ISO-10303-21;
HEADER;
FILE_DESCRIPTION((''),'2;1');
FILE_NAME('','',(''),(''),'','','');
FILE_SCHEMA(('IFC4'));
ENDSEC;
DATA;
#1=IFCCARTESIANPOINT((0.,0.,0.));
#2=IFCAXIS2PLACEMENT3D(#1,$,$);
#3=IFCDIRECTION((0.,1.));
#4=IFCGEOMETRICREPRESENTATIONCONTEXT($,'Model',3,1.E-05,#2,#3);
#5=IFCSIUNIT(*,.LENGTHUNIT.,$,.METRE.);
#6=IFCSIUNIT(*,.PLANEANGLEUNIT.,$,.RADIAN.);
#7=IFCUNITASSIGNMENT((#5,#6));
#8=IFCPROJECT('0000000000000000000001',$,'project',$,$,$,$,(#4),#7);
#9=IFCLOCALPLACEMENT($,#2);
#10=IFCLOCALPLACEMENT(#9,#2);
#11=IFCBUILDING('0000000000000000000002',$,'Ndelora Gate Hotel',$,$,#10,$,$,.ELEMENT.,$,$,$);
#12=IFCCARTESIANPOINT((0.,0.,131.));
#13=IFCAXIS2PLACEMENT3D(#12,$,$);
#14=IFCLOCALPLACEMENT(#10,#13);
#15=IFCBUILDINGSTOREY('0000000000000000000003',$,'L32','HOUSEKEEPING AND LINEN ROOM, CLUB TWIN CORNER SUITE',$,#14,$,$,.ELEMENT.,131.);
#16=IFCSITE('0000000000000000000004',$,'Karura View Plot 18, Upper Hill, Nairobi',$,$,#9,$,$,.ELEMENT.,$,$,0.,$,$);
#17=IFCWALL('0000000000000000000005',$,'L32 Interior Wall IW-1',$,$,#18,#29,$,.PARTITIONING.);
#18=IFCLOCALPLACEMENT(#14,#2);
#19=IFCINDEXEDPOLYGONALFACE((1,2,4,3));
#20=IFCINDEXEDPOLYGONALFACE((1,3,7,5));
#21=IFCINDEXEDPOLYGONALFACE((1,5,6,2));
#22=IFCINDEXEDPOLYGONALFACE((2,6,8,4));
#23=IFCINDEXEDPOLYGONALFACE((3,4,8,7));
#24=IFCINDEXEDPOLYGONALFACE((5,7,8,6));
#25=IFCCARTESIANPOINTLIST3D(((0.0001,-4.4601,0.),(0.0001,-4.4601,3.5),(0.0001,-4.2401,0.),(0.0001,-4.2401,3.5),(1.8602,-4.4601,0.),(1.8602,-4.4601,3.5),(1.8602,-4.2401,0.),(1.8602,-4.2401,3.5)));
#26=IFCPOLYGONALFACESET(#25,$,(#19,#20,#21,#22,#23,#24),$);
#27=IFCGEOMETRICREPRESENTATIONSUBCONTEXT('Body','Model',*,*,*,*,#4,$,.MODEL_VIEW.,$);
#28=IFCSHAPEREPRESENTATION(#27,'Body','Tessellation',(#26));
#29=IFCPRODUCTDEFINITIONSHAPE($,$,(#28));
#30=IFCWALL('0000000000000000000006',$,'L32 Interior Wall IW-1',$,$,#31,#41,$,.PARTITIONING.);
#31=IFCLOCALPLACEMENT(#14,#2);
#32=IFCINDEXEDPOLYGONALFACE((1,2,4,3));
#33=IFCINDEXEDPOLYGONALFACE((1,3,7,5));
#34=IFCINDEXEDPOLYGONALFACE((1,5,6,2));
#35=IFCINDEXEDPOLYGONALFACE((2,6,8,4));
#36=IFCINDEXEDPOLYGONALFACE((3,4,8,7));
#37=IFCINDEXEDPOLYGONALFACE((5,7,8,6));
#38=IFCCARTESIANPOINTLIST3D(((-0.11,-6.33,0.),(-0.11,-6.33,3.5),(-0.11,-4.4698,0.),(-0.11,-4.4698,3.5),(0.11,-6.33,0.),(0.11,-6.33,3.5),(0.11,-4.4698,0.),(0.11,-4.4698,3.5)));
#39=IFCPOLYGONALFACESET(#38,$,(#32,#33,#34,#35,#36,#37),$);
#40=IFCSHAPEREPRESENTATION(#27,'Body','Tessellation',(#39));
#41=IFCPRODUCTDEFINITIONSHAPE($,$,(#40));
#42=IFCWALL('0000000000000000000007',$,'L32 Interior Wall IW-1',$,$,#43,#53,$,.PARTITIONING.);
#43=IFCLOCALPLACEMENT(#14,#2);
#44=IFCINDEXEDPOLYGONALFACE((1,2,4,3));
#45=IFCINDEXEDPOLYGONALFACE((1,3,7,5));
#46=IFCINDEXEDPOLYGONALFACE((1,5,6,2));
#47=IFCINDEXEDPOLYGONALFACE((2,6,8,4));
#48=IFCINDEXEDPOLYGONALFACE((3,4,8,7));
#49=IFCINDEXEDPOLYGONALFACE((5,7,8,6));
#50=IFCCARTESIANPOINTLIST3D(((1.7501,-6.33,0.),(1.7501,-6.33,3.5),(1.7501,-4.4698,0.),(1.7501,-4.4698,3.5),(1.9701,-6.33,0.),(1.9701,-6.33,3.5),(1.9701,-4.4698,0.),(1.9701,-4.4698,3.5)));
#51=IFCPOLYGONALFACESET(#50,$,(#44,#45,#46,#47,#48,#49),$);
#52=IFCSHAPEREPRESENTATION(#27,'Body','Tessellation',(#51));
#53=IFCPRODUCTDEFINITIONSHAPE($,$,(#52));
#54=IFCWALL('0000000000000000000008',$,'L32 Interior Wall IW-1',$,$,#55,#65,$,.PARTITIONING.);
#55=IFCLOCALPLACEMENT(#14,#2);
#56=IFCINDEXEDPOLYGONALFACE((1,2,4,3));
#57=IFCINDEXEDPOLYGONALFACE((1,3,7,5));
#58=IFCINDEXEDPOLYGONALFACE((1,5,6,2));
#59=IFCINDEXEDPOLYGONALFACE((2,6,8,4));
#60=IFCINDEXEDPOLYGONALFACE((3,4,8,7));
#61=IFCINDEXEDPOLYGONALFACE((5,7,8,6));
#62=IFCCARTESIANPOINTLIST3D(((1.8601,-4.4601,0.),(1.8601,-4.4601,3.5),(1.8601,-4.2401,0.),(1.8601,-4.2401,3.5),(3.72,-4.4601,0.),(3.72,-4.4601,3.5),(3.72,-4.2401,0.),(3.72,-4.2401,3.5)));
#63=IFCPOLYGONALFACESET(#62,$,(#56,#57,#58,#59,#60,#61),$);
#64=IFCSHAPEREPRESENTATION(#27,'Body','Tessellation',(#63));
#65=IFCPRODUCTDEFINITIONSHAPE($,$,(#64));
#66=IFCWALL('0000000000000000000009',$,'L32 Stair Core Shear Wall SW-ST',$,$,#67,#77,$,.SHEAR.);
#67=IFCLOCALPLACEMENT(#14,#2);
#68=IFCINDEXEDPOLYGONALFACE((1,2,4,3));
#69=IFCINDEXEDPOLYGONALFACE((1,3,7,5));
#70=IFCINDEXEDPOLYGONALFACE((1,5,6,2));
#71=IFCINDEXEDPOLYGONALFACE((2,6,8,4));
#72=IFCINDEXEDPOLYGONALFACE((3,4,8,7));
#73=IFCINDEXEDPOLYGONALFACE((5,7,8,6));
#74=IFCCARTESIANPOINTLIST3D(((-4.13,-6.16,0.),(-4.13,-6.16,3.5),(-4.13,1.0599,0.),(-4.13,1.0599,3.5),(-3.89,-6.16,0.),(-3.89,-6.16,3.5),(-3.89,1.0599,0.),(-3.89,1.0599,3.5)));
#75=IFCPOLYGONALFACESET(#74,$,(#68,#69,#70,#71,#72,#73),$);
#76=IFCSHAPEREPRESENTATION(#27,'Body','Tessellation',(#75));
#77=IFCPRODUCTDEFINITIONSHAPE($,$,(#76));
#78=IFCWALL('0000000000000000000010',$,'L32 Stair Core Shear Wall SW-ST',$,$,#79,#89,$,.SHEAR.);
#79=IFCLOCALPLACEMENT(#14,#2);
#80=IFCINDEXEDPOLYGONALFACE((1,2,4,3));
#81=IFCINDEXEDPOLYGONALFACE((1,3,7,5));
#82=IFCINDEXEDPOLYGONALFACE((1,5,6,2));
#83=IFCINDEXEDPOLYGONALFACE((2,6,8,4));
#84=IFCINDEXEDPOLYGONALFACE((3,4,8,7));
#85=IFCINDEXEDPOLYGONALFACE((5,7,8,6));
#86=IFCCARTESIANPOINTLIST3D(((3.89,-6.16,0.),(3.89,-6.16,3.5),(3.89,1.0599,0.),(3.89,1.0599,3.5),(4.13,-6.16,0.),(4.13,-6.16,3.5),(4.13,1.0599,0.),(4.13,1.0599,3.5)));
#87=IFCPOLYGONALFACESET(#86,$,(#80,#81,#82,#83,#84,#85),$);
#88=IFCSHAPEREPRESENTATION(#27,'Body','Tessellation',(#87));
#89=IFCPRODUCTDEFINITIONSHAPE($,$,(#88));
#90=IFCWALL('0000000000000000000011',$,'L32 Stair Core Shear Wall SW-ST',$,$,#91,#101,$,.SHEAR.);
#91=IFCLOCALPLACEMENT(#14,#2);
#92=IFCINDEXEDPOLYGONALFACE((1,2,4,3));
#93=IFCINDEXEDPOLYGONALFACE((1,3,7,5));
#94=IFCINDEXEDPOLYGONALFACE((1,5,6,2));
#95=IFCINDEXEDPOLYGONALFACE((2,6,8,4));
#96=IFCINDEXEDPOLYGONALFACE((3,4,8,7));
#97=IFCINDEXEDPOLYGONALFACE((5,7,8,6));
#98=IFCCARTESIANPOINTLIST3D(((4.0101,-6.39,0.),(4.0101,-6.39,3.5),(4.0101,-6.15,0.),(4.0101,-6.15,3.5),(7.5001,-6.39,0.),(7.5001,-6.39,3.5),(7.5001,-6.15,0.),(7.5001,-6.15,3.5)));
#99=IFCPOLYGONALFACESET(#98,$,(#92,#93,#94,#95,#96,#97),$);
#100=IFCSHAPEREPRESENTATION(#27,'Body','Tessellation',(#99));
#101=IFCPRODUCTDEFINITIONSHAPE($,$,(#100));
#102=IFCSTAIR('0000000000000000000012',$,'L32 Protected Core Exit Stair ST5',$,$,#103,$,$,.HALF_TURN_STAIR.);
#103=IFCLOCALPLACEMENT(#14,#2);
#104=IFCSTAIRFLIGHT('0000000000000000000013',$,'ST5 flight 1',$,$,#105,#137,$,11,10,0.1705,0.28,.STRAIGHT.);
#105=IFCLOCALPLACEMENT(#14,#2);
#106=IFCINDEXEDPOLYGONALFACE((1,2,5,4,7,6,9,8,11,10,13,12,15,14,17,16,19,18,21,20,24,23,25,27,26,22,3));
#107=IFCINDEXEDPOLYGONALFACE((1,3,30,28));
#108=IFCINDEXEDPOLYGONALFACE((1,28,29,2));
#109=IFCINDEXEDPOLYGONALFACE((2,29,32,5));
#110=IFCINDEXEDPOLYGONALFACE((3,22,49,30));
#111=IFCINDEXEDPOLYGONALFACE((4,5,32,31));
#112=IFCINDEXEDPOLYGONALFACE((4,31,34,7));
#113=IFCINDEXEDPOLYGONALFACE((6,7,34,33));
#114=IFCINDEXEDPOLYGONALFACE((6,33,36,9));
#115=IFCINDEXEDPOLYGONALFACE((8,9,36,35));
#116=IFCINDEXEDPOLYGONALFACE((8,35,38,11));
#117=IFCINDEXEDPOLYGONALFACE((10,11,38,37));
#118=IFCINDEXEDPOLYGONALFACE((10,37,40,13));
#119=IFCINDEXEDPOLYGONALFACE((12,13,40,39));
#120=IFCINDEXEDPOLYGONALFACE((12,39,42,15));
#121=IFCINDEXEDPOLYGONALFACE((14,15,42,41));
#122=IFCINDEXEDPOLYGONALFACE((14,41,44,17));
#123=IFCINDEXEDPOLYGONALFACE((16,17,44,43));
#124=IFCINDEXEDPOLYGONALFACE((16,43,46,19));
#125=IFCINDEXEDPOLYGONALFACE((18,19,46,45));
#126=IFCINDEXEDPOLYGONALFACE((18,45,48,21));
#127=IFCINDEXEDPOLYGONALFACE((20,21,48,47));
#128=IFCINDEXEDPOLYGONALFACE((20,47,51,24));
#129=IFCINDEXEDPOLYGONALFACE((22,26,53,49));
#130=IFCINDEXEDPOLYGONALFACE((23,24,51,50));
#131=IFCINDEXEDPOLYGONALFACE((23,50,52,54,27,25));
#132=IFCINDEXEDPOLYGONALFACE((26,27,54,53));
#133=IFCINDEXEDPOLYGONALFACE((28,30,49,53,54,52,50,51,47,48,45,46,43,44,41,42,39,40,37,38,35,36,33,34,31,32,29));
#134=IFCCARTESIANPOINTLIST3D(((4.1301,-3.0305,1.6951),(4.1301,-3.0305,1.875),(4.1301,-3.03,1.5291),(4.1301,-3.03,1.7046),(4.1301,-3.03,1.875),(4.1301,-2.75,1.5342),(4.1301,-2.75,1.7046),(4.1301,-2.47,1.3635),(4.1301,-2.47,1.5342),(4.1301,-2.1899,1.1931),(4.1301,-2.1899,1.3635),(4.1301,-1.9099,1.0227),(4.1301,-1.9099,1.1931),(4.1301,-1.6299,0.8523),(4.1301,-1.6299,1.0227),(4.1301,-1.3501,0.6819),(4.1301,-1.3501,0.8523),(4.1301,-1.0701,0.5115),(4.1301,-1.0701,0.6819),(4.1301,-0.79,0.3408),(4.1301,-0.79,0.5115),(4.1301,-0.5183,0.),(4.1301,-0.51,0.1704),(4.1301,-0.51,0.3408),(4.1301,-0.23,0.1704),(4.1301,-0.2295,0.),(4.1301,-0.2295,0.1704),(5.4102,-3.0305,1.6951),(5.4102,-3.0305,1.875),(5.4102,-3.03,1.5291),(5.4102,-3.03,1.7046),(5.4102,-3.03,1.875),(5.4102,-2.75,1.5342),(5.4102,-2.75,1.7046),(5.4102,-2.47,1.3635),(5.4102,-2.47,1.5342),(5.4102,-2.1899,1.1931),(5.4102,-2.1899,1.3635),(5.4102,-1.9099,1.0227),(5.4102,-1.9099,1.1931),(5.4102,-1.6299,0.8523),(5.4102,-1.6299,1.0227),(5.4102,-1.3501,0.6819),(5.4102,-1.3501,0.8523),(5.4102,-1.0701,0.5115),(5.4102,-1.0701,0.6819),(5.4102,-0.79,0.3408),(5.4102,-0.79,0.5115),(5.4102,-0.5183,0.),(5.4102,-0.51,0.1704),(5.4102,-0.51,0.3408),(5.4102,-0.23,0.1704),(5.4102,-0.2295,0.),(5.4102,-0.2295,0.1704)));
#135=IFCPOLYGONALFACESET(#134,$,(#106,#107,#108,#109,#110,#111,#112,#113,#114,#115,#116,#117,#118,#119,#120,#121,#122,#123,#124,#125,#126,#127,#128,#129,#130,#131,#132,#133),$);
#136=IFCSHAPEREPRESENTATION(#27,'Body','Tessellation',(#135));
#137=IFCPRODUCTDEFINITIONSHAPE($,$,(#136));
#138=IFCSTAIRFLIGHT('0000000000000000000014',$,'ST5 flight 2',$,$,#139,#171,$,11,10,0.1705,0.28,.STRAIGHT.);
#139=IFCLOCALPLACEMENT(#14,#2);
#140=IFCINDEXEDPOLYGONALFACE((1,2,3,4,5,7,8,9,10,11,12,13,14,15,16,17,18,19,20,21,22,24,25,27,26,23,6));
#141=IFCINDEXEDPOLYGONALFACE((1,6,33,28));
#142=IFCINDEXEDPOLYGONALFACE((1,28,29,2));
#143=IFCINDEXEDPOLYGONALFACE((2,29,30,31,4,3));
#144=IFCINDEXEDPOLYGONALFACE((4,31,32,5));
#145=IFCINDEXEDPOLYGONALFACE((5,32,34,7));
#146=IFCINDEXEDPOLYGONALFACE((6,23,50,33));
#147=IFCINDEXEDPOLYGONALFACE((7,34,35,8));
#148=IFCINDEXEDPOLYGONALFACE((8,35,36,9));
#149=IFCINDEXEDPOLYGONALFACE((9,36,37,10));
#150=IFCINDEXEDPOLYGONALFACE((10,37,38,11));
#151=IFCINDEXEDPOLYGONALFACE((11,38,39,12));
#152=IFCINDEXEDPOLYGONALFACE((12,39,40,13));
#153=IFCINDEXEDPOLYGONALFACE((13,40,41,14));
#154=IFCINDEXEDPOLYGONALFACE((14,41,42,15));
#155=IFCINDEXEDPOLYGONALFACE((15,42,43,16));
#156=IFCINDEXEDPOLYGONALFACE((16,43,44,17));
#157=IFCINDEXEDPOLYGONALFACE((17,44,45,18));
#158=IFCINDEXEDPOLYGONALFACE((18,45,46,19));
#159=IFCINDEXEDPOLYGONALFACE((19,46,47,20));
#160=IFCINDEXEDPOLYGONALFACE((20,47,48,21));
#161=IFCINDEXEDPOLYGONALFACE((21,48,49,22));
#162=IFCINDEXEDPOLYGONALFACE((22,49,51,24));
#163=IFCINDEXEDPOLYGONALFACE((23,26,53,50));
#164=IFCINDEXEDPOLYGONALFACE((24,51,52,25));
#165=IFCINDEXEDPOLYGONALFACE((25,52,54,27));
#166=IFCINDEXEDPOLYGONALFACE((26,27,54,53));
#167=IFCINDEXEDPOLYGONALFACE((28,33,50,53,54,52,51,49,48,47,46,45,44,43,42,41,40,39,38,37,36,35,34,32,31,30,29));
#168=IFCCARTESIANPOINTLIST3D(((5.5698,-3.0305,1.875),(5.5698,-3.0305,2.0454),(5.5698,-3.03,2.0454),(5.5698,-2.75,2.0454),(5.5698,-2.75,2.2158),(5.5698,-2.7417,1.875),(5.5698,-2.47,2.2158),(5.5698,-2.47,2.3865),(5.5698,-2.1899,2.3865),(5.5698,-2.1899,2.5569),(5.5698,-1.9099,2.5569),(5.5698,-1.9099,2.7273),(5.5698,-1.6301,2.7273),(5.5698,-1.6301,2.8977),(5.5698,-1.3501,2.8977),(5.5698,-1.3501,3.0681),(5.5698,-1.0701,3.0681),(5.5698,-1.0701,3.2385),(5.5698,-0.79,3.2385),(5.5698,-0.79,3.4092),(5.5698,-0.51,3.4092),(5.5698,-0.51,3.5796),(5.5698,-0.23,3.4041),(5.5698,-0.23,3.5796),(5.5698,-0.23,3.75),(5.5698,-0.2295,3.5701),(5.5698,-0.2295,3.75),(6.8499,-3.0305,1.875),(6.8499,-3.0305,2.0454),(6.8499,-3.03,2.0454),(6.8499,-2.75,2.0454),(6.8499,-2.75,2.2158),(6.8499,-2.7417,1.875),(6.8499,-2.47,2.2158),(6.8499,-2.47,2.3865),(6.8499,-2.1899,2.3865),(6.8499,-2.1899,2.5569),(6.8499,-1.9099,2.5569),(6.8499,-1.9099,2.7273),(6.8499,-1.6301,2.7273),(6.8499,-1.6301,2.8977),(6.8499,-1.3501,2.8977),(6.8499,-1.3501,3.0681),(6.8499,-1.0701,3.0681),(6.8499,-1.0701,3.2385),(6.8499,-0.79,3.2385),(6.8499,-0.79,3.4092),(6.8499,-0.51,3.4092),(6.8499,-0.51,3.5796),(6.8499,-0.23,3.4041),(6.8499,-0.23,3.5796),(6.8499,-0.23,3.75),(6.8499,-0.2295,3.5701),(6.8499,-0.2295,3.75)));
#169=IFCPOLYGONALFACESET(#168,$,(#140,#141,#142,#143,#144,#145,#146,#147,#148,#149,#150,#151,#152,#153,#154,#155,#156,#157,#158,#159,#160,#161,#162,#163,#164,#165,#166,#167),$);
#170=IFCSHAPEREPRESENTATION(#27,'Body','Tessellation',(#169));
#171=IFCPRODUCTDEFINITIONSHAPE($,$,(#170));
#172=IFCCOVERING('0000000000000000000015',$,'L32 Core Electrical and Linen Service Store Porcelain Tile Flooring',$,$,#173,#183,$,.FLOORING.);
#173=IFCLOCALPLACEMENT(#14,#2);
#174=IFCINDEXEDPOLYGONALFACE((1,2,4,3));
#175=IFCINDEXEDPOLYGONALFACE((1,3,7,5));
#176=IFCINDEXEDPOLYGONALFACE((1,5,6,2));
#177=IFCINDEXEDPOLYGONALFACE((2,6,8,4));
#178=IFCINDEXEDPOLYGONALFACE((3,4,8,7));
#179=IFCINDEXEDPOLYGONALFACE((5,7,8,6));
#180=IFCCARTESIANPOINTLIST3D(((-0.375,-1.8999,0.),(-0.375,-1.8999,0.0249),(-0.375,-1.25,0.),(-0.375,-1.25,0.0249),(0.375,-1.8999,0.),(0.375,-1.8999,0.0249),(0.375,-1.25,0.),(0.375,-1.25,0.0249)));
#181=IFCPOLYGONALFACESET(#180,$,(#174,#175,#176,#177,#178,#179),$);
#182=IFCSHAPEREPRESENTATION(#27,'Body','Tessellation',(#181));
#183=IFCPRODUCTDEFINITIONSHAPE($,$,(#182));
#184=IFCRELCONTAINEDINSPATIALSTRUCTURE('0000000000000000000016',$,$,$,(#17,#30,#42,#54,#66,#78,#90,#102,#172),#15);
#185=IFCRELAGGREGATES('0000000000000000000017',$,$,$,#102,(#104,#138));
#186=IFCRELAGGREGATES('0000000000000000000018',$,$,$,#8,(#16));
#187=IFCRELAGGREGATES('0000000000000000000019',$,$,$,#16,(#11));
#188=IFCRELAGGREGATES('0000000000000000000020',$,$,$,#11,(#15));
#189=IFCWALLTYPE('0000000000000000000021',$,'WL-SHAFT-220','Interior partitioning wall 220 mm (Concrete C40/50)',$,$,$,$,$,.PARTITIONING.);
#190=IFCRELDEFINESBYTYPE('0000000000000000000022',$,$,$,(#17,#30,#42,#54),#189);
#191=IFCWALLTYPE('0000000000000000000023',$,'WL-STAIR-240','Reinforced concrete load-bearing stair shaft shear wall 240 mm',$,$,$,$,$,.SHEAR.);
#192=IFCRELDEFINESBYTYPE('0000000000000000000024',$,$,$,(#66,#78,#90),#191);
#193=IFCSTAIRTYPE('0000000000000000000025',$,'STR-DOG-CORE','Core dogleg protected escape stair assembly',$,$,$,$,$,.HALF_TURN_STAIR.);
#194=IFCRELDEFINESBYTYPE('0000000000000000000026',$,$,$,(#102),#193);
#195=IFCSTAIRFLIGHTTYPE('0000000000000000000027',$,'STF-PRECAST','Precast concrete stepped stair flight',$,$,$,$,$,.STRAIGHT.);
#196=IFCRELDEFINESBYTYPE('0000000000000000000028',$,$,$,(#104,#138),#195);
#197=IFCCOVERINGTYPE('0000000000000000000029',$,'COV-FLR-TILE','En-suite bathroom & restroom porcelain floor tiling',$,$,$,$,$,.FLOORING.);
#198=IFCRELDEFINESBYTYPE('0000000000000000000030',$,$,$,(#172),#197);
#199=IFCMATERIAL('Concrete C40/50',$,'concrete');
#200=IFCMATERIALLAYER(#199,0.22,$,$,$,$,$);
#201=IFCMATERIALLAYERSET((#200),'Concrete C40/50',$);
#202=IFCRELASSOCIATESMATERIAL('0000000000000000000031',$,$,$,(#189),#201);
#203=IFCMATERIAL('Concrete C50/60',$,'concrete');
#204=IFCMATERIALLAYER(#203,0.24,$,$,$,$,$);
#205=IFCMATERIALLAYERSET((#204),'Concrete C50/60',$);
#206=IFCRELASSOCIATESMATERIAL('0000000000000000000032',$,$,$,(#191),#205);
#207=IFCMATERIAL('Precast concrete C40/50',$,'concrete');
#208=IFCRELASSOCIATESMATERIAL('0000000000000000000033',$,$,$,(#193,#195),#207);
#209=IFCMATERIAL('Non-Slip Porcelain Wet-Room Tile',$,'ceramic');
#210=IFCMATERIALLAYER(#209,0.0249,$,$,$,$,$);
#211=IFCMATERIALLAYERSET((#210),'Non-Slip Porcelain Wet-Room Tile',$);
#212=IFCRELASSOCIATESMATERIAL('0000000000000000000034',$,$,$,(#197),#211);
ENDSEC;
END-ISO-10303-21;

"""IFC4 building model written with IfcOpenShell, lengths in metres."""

from ifc_helpers import new_model, si_unit, direction, frame, frame_2d, origin, origin_2d, place, context, subcontext, project, spatial, polyline, rectangle, outline, extrude, material, layer, layer_set, type_object, element, aggregate, save


model = new_model("IFC4")

# Units and contexts
model_context = context("Model", 3, precision=1e-05, world=origin(), true_north=direction((0.0, 1.0)))
body_context = subcontext(model_context, "Body", "Model", "MODEL_VIEW")
ifc_project = project(units=[si_unit("LENGTHUNIT", "METRE"), si_unit("PLANEANGLEUNIT", "RADIAN")], contexts=[model_context])

# Site, building, storey
site_placement = place(None, origin())
site = spatial("IfcSite", under=ifc_project, at=site_placement, Name="Karura View Plot 18, Upper Hill, Nairobi", CompositionType="ELEMENT", RefElevation=0.0)
building_placement = place(site_placement, origin())
building = spatial("IfcBuilding", under=site, at=building_placement, Name="Ndelora Gate Hotel", CompositionType="ELEMENT")
storey_placement = place(building_placement, frame((0.0, 0.0, 131.0)))
storey = spatial("IfcBuildingStorey", under=building, at=storey_placement, Name="L32", Description="HOUSEKEEPING AND LINEN ROOM, CLUB TWIN CORNER SUITE", CompositionType="ELEMENT", Elevation=131.0)

# Walls
ifc_material_1 = material(Name="Concrete C40/50", Category="concrete")
ifc_layer_1 = layer(ifc_material_1, 0.22)
ifc_layer_set_1 = layer_set([ifc_layer_1], Name="Concrete C40/50")
wall_type_1 = type_object("IfcWallType", Name="WL-SHAFT-220", Description="Interior partitioning wall 220 mm (Concrete C40/50)", PredefinedType="PARTITIONING", material=ifc_layer_set_1)
for number, where, z_axis, x_axis, name in (
    (1, (0.0, -4.3501, 0.0), (0.0, 0.0, 1.0), (1.0, 0.0, 0.0), "L32 Interior Wall IW-1"),
    (2, (0.0, -6.3301, 0.0), (0.0, 0.0, 1.0), (0.0, 1.0, 0.0), "L32 Interior Wall IW-1"),
    (3, (1.8601, -6.3301, 0.0), (0.0, 0.0, 1.0), (0.0, 1.0, 0.0), "L32 Interior Wall IW-1"),
):
    element("IfcWall", number, at=place(storey_placement, frame(where, z_axis=z_axis, x_axis=x_axis)), inside=storey, type_object=wall_type_1, Name=name, PredefinedType="PARTITIONING", context=body_context, shape_type="SweptSolid", body=[
        extrude(rectangle(XDim=1.8601, YDim=0.22, at=frame_2d((0.9302, 0.0))), origin(), (0.0, 0.0, 1.0), 3.5),
    ])

# Walls
wall_1_placement = place(storey_placement, frame((1.8601, -4.3501, 0.0), z_axis=(0.0, 0.0, 1.0), x_axis=(1.0, 0.0, 0.0)))
element("IfcWall", 4, at=wall_1_placement, inside=storey, type_object=wall_type_1, Name="L32 Interior Wall IW-1", PredefinedType="PARTITIONING", context=body_context, shape_type="SweptSolid", body=[
    extrude(rectangle(XDim=1.8599, YDim=0.22, at=frame_2d((0.9299, 0.0))), origin(), (0.0, 0.0, 1.0), 3.5),
])
ifc_material_2 = material(Name="Concrete C50/60", Category="concrete")
ifc_layer_2 = layer(ifc_material_2, 0.24)
ifc_layer_set_2 = layer_set([ifc_layer_2], Name="Concrete C50/60")
wall_type_2 = type_object("IfcWallType", Name="WL-STAIR-240", Description="Reinforced concrete load-bearing stair shaft shear wall 240 mm", PredefinedType="SHEAR", material=ifc_layer_set_2)
for number, where, z_axis, x_axis, name in (
    (5, (-4.01, -6.1599, 0.0), (0.0, 0.0, 1.0), (0.0, 1.0, 0.0), "L32 Stair Core Shear Wall SW-ST"),
    (6, (4.01, -6.1599, 0.0), (0.0, 0.0, 1.0), (0.0, 1.0, 0.0), "L32 Stair Core Shear Wall SW-ST"),
):
    element("IfcWall", number, at=place(storey_placement, frame(where, z_axis=z_axis, x_axis=x_axis)), inside=storey, type_object=wall_type_2, Name=name, PredefinedType="SHEAR", context=body_context, shape_type="SweptSolid", body=[
        extrude(rectangle(XDim=7.22, YDim=0.24, at=frame_2d((3.6099, 0.0))), origin(), (0.0, 0.0, 1.0), 3.5),
    ])
wall_2_placement = place(storey_placement, frame((4.01, -6.27, 0.0), z_axis=(0.0, 0.0, 1.0), x_axis=(1.0, 0.0, 0.0)))
element("IfcWall", 7, at=wall_2_placement, inside=storey, type_object=wall_type_2, Name="L32 Stair Core Shear Wall SW-ST", PredefinedType="SHEAR", context=body_context, shape_type="SweptSolid", body=[
    extrude(rectangle(XDim=3.49, YDim=0.24, at=frame_2d((1.7451, 0.0))), origin(), (0.0, 0.0, 1.0), 3.5),
])

# Stair, stair flights
ifc_material_3 = material(Name="Precast concrete C40/50", Category="concrete")
stair_type = type_object("IfcStairType", Name="STR-DOG-CORE", Description="Core dogleg protected escape stair assembly", PredefinedType="HALF_TURN_STAIR", material=ifc_material_3)
stair_placement = place(storey_placement, origin())
stair = element("IfcStair", 8, at=stair_placement, inside=storey, type_object=stair_type, Name="L32 Protected Core Exit Stair ST5", PredefinedType="HALF_TURN_STAIR")
stair_flight_type = type_object("IfcStairFlightType", Name="STF-PRECAST", Description="Precast concrete stepped stair flight", PredefinedType="STRAIGHT", material=ifc_material_3)
stair_flight_1_placement = place(storey_placement, frame((4.77, -0.23, 0.0), z_axis=(0.0, 0.0, 1.0), x_axis=(0.0, -1.0, 0.0)))
stair_flight_1 = element("IfcStairFlight", 9, at=stair_flight_1_placement, type_object=stair_flight_type, Name="ST5 flight 1", NumberOfRisers=11, NumberOfTreads=10, PredefinedType="STRAIGHT", RiserHeight=0.1705, TreadLength=0.28, context=body_context, shape_type="SweptSolid", body=[
    extrude(outline(polyline([(-0.0005, 0.0), (-0.0005, 0.1704), (0.0, 0.1704), (0.28, 0.1704), (0.28, 0.3408), (0.5601, 0.3408), (0.5601, 0.5115), (0.8401, 0.5115), (0.8401, 0.6819), (1.1201, 0.6819), (1.1201, 0.8523), (1.3999, 0.8523), (1.3999, 1.0227), (1.6799, 1.0227), (1.6799, 1.1931), (1.96, 1.1931), (1.96, 1.3635), (2.24, 1.3635), (2.24, 1.5342), (2.52, 1.5342), (2.52, 1.7046), (2.8, 1.7046), (2.8, 1.875), (2.8005, 1.875), (2.8005, 1.6951), (2.8, 1.5291), (0.2883, 0.0), (-0.0005, 0.0)])), frame((0.0, 0.6401, 0.0), z_axis=(0.0, -1.0, 0.0), x_axis=(1.0, 0.0, 0.0)), (0.0, 0.0, 1.0), 1.28),
])
stair_flight_2_placement = place(storey_placement, frame((6.21, -3.03, 1.875), z_axis=(0.0, 0.0, 1.0), x_axis=(0.0, 1.0, 0.0)))
stair_flight_2 = element("IfcStairFlight", 10, at=stair_flight_2_placement, type_object=stair_flight_type, Name="ST5 flight 2", NumberOfRisers=11, NumberOfTreads=10, PredefinedType="STRAIGHT", RiserHeight=0.1705, TreadLength=0.28, context=body_context, shape_type="SweptSolid", body=[
    extrude(outline(polyline([(-0.0005, 0.0), (-0.0005, 0.1704), (0.0, 0.1704), (0.28, 0.1704), (0.28, 0.3408), (0.5601, 0.3408), (0.5601, 0.5115), (0.8401, 0.5115), (0.8401, 0.6819), (1.1201, 0.6819), (1.1201, 0.8523), (1.3999, 0.8523), (1.3999, 1.0227), (1.6799, 1.0227), (1.6799, 1.1931), (1.96, 1.1931), (1.96, 1.3635), (2.24, 1.3635), (2.24, 1.5342), (2.52, 1.5342), (2.52, 1.7046), (2.8, 1.7046), (2.8, 1.875), (2.8005, 1.875), (2.8005, 1.6951), (2.8, 1.5291), (0.2883, 0.0), (-0.0005, 0.0)])), frame((0.0, 0.6401, 0.0), z_axis=(0.0, -1.0, 0.0), x_axis=(1.0, 0.0, 0.0)), (0.0, 0.0, 1.0), 1.28),
])
aggregate(stair, [stair_flight_1, stair_flight_2])

# Covering
ifc_material_4 = material(Name="Non-Slip Porcelain Wet-Room Tile", Category="ceramic")
ifc_layer_3 = layer(ifc_material_4, 0.0249)
ifc_layer_set_3 = layer_set([ifc_layer_3], Name="Non-Slip Porcelain Wet-Room Tile")
covering_type = type_object("IfcCoveringType", Name="COV-FLR-TILE", Description="En-suite bathroom & restroom porcelain floor tiling", PredefinedType="FLOORING", material=ifc_layer_set_3)
covering_placement = place(storey_placement, frame((0.0, -1.575, 0.0), z_axis=(0.0, 0.0, 1.0), x_axis=(1.0, 0.0, 0.0)))
element("IfcCovering", 11, at=covering_placement, inside=storey, type_object=covering_type, Name="L32 Core Electrical and Linen Service Store Porcelain Tile Flooring", PredefinedType="FLOORING", context=body_context, shape_type="SweptSolid", body=[
    extrude(rectangle(XDim=0.75, YDim=0.6499, at=origin_2d()), origin(), (0.0, 0.0, 1.0), 0.0249),
])

save(model, "model.ifc")
